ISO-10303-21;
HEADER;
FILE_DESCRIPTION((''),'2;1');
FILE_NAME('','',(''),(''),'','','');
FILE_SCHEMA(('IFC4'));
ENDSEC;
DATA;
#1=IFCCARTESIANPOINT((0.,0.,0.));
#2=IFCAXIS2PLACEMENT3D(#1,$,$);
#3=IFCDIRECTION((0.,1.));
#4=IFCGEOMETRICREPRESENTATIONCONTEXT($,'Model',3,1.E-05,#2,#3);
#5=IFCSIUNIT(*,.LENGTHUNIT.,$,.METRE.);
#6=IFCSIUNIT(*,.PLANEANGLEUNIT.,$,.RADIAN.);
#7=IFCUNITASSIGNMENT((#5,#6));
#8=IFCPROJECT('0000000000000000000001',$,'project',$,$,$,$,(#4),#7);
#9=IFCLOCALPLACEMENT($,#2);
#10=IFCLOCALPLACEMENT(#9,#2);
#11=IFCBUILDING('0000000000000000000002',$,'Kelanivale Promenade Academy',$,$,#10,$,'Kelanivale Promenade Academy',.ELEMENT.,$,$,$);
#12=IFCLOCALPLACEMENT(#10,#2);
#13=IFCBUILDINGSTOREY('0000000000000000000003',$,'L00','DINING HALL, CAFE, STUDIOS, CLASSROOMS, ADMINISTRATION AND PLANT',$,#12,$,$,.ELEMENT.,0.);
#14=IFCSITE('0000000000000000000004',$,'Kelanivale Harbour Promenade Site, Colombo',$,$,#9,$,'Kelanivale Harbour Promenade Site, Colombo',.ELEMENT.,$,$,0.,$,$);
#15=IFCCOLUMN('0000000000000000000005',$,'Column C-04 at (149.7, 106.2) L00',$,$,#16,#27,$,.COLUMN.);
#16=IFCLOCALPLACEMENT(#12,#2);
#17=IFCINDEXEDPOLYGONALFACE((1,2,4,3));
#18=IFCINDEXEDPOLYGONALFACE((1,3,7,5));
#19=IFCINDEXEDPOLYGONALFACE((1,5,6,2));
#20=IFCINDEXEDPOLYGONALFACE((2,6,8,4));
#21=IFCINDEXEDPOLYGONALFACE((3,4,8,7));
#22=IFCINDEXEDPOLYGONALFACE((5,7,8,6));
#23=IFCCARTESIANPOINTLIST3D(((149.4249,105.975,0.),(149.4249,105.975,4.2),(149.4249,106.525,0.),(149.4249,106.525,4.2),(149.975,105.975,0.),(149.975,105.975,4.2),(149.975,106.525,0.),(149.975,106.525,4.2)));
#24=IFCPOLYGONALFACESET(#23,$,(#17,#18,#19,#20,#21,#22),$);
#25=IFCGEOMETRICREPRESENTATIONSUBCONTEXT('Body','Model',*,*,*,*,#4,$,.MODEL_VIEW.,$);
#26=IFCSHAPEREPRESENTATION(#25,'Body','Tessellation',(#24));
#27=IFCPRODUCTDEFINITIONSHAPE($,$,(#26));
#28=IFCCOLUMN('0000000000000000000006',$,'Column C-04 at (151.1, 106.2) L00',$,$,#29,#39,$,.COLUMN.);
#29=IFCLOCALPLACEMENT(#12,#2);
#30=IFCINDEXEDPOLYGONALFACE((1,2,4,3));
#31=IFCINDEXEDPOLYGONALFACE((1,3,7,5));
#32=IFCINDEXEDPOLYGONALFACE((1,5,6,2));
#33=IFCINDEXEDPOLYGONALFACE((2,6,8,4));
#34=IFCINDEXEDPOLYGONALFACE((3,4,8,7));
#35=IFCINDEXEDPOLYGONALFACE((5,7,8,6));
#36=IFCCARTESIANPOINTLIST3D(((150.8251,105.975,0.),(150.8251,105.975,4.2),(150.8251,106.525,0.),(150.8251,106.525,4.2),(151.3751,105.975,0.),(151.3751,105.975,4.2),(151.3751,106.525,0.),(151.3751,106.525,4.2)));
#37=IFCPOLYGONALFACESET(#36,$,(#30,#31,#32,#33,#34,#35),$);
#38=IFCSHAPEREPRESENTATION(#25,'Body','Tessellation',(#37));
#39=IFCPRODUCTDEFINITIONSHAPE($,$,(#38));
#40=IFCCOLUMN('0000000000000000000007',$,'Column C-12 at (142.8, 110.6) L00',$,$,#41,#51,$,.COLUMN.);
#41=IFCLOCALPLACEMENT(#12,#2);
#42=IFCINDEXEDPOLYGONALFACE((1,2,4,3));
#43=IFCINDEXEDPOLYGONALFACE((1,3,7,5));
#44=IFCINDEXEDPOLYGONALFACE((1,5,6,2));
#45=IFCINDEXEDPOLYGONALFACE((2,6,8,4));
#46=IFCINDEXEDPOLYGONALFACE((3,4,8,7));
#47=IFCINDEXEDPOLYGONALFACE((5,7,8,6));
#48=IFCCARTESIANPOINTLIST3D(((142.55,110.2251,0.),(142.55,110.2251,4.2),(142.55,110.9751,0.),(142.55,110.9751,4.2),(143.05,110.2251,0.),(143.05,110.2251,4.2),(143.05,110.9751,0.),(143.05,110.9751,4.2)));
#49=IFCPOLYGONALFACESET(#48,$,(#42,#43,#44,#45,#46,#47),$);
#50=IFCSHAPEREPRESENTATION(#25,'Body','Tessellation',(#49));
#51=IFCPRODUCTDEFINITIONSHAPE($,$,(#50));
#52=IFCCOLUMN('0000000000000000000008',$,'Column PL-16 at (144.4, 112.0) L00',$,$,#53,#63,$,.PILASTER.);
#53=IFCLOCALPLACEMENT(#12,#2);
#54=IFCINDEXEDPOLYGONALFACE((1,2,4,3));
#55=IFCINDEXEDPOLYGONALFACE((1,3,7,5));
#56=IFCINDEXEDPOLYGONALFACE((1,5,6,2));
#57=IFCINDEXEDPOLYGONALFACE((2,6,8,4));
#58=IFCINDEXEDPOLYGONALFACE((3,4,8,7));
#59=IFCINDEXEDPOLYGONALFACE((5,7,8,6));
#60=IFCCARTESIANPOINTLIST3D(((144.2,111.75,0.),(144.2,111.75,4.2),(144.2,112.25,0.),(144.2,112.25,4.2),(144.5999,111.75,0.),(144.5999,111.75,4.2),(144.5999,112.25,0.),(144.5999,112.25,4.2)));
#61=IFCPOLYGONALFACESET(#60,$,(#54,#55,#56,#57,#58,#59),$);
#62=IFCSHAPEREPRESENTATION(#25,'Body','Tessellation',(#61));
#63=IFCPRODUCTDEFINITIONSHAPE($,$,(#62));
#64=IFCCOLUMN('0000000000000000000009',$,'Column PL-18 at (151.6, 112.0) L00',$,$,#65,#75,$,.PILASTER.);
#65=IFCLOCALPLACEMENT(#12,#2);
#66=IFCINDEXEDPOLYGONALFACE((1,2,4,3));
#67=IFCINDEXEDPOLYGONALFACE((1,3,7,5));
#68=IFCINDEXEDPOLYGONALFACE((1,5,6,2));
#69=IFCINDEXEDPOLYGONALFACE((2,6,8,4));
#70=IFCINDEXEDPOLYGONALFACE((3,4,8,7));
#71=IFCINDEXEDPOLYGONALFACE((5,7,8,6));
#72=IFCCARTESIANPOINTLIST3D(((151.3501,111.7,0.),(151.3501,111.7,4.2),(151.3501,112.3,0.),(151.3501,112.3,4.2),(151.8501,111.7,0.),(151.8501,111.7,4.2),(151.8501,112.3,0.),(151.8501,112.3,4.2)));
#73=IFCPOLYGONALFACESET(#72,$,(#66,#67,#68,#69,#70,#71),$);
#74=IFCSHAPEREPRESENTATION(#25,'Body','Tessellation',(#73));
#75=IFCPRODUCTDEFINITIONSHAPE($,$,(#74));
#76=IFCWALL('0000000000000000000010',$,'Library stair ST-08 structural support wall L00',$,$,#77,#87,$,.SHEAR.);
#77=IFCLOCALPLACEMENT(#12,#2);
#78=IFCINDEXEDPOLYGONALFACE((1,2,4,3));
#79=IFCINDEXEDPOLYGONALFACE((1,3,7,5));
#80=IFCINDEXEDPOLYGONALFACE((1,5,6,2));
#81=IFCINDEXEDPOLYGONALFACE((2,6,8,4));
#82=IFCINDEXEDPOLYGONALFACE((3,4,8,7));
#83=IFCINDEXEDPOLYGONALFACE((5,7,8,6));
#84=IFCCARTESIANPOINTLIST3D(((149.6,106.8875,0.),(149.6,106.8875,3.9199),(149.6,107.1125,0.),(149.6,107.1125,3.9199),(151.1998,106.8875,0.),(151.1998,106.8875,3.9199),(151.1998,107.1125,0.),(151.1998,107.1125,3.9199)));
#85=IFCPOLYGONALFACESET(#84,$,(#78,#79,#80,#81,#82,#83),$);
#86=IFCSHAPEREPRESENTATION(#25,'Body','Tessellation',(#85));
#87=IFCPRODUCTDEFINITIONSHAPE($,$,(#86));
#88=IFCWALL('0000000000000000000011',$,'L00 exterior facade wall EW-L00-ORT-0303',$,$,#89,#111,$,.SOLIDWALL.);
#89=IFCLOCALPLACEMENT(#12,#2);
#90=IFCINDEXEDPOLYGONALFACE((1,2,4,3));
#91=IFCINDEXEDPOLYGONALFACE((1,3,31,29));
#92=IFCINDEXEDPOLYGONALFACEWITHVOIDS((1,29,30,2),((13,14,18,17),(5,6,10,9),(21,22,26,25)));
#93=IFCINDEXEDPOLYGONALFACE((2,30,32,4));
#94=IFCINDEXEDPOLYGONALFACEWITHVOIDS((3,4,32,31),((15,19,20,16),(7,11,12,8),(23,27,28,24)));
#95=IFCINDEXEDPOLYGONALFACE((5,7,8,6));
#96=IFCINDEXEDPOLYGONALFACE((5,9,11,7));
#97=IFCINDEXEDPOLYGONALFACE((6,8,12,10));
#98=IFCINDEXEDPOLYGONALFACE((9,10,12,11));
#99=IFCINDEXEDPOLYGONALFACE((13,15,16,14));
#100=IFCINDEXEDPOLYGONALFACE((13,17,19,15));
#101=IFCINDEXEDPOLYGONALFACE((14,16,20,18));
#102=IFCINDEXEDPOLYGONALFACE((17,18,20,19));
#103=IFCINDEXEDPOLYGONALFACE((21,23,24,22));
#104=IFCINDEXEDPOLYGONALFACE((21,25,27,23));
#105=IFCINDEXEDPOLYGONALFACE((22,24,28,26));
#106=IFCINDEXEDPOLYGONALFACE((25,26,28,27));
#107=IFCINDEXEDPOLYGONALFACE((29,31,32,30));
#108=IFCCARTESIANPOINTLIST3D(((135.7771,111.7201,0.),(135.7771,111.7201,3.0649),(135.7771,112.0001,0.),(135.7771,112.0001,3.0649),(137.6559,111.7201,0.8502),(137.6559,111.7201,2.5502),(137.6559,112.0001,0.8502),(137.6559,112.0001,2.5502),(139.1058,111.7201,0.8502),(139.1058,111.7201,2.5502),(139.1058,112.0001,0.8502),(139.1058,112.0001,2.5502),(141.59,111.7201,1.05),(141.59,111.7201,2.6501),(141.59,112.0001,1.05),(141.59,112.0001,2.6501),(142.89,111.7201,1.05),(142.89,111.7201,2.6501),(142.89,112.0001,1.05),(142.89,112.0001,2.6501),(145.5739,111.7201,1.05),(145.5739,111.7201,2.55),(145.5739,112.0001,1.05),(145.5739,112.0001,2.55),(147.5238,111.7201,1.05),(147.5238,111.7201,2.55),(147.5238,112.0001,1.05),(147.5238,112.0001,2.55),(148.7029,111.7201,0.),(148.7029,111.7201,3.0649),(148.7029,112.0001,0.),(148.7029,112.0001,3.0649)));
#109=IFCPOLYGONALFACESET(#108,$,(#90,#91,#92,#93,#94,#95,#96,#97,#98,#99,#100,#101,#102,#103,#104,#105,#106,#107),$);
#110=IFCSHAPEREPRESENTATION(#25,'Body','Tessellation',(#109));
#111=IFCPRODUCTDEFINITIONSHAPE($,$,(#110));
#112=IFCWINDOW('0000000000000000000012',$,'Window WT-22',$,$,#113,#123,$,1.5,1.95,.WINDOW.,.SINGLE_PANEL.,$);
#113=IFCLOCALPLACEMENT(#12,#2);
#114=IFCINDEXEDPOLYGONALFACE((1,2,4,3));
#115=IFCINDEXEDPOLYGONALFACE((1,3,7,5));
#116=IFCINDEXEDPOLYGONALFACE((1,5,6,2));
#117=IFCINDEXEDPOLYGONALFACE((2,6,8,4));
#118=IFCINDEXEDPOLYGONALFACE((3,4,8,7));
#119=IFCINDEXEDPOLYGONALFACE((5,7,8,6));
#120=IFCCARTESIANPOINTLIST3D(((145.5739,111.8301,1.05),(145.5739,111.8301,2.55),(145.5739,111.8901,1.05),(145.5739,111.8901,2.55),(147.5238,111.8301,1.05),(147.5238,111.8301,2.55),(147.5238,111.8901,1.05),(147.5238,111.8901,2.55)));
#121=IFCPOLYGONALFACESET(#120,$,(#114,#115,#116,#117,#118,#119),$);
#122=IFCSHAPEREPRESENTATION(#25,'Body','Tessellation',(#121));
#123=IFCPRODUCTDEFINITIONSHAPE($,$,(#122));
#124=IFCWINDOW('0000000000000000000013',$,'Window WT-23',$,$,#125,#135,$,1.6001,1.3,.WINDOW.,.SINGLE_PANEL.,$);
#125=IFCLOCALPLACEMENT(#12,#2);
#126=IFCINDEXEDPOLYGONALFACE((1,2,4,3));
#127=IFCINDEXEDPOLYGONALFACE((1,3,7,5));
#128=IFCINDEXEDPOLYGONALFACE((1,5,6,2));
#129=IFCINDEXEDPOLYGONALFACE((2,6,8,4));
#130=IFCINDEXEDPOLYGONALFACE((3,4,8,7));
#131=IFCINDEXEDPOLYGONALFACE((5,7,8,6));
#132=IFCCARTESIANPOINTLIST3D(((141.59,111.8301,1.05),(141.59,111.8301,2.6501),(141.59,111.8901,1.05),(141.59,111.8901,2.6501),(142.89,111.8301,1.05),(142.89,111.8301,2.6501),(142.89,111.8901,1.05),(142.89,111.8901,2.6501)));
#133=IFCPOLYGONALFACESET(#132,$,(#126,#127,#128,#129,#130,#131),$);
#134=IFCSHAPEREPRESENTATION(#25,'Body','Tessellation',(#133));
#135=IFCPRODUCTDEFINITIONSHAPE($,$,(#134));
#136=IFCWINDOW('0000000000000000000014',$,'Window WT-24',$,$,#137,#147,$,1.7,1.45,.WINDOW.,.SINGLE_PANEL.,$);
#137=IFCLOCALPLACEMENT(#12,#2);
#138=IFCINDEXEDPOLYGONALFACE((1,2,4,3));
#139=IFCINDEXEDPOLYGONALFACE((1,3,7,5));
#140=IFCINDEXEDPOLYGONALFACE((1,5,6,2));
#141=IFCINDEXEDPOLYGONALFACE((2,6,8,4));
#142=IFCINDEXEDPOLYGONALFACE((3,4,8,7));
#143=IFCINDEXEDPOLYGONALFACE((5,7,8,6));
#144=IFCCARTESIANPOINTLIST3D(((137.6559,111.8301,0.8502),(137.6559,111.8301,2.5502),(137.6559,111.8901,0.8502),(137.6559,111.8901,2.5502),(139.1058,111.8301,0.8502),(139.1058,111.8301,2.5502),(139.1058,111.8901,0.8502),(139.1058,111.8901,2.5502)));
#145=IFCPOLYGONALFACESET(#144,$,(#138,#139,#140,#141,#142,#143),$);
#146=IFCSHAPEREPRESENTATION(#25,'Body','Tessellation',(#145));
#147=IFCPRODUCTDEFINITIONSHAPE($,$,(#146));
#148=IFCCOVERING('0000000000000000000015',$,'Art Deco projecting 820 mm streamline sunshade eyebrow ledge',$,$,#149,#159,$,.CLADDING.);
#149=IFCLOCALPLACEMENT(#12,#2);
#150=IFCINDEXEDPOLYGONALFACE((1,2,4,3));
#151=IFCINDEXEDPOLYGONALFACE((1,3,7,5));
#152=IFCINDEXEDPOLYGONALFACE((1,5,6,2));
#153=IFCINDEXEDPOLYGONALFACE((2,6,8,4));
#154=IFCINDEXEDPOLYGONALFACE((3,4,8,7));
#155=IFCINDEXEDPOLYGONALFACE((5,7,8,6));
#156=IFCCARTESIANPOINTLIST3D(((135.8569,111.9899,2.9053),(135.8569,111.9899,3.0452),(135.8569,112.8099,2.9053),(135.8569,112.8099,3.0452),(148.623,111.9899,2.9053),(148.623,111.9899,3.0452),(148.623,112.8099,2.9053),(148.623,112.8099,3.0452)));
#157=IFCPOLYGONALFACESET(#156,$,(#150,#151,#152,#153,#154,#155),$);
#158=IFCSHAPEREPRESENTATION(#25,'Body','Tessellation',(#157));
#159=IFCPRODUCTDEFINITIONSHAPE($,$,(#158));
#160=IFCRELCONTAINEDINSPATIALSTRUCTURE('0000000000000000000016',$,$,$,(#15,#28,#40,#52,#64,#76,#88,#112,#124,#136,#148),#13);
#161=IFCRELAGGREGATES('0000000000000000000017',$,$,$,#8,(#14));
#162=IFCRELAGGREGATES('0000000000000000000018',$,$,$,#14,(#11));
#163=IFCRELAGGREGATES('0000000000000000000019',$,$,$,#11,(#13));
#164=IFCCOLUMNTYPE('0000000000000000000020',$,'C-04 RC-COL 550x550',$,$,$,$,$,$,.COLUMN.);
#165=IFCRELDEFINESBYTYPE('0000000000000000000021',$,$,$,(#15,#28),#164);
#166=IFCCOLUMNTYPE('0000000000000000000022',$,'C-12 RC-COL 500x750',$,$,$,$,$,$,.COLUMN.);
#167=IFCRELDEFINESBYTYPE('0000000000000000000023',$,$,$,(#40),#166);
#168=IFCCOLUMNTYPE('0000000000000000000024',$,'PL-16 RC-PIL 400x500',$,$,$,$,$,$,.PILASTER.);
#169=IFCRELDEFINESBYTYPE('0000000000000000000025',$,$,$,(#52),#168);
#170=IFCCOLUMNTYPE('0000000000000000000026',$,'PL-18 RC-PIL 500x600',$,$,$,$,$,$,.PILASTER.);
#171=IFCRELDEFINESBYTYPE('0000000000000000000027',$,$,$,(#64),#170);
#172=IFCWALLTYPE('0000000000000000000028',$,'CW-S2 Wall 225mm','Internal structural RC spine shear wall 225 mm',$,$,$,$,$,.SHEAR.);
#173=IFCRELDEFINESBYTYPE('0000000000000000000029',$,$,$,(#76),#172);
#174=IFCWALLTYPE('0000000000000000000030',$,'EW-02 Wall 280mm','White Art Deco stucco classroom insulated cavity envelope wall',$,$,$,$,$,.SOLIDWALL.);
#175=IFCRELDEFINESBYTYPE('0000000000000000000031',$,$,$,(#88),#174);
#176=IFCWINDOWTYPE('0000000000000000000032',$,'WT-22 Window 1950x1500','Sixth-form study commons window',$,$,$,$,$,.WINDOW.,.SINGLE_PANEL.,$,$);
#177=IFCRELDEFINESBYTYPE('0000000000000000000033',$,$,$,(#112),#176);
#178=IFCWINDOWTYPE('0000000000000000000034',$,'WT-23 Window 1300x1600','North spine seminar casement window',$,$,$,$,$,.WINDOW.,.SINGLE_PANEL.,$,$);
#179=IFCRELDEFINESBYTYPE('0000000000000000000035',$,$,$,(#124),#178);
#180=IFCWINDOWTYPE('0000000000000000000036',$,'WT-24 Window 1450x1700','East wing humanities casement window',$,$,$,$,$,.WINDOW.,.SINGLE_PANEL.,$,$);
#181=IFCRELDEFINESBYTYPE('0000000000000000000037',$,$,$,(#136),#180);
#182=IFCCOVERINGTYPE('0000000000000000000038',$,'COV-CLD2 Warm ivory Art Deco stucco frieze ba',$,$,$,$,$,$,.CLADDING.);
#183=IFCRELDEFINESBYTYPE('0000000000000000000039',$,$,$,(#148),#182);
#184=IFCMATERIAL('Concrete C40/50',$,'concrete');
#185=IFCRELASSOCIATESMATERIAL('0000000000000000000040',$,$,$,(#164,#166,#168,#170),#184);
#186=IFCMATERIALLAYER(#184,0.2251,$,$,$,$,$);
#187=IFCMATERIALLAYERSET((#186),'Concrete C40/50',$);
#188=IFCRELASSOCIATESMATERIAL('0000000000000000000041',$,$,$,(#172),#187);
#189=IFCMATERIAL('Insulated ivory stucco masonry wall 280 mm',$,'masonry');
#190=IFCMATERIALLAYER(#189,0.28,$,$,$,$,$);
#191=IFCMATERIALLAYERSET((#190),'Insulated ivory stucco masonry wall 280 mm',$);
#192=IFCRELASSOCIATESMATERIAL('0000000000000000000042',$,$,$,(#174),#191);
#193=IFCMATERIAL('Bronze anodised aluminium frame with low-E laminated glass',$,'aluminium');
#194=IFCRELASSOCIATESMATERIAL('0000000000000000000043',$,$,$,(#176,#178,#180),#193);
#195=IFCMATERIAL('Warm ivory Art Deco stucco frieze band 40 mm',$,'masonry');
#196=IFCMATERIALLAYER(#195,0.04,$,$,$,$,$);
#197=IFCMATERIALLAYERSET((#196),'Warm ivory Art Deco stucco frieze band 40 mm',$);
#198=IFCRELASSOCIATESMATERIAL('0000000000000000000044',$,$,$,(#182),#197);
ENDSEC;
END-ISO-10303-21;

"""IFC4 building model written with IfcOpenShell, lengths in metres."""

from ifc_helpers import new_model, si_unit, direction, frame, frame_2d, origin, origin_2d, place, context, subcontext, project, spatial, rectangle, extrude, material, layer, layer_set, material_profile, profile_set, type_object, element, fill, save


model = new_model("IFC4")

# Units and contexts
model_context = context("Model", 3, precision=1e-05, world=origin(), true_north=direction((0.0, 1.0)))
body_context = subcontext(model_context, "Body", "Model", "MODEL_VIEW")
ifc_project = project(units=[si_unit("LENGTHUNIT", "METRE"), si_unit("PLANEANGLEUNIT", "RADIAN")], contexts=[model_context])

# Site, building, storey
site_placement = place(None, origin())
site = spatial("IfcSite", under=ifc_project, at=site_placement, Name="Kelanivale Harbour Promenade Site, Colombo", LongName="Kelanivale Harbour Promenade Site, Colombo", CompositionType="ELEMENT", RefElevation=0.0)
building_placement = place(site_placement, origin())
building = spatial("IfcBuilding", under=site, at=building_placement, Name="Kelanivale Promenade Academy", LongName="Kelanivale Promenade Academy", CompositionType="ELEMENT")
storey_placement = place(building_placement, origin())
storey = spatial("IfcBuildingStorey", under=building, at=storey_placement, Name="L00", Description="DINING HALL, CAFE, STUDIOS, CLASSROOMS, ADMINISTRATION AND PLANT", CompositionType="ELEMENT", Elevation=0.0)

# Columns
ifc_material_1 = material(Name="Concrete C40/50", Category="concrete")
ifc_material_profile_1 = material_profile(ifc_material_1, rectangle(XDim=0.55, YDim=0.55, at=origin_2d()), Name="RC-COL 550x550")
ifc_profile_set_1 = profile_set([ifc_material_profile_1], Name="Concrete C40/50")
column_type_1 = type_object("IfcColumnType", Name="C-04 RC-COL 550x550", PredefinedType="COLUMN", material=ifc_profile_set_1)
for number, where, z_axis, x_axis, name in (
    (1, (149.7, 106.25, 0.0), (0.0, 0.0, 1.0), (1.0, 0.0, 0.0), "Column C-04 at (149.7, 106.2) L00"),
    (2, (151.1001, 106.25, 0.0), (0.0, 0.0, 1.0), (1.0, 0.0, 0.0), "Column C-04 at (151.1, 106.2) L00"),
):
    element("IfcColumn", number, at=place(storey_placement, frame(where, z_axis=z_axis, x_axis=x_axis)), inside=storey, type_object=column_type_1, Name=name, PredefinedType="COLUMN", context=body_context, shape_type="SweptSolid", body=[
        extrude(rectangle(XDim=0.55, YDim=0.55, at=origin_2d()), origin(), (0.0, 0.0, 1.0), 4.2),
    ])
ifc_material_profile_2 = material_profile(ifc_material_1, rectangle(XDim=0.5, YDim=0.75, at=origin_2d()), Name="RC-COL 500x750")
ifc_profile_set_2 = profile_set([ifc_material_profile_2], Name="Concrete C40/50")
column_type_2 = type_object("IfcColumnType", Name="C-12 RC-COL 500x750", PredefinedType="COLUMN", material=ifc_profile_set_2)
column_1_placement = place(storey_placement, frame((142.8, 110.6001, 0.0), z_axis=(0.0, 0.0, 1.0), x_axis=(1.0, 0.0, 0.0)))
element("IfcColumn", 3, at=column_1_placement, inside=storey, type_object=column_type_2, Name="Column C-12 at (142.8, 110.6) L00", PredefinedType="COLUMN", context=body_context, shape_type="SweptSolid", body=[
    extrude(rectangle(XDim=0.5, YDim=0.75, at=origin_2d()), origin(), (0.0, 0.0, 1.0), 4.2),
])
ifc_material_profile_3 = material_profile(ifc_material_1, rectangle(XDim=0.3999, YDim=0.5, at=origin_2d()), Name="RC-PIL 400x500")
ifc_profile_set_3 = profile_set([ifc_material_profile_3], Name="Concrete C40/50")
column_type_3 = type_object("IfcColumnType", Name="PL-16 RC-PIL 400x500", PredefinedType="PILASTER", material=ifc_profile_set_3)
column_2_placement = place(storey_placement, frame((144.3999, 112.0, 0.0), z_axis=(0.0, 0.0, 1.0), x_axis=(1.0, 0.0, 0.0)))
element("IfcColumn", 4, at=column_2_placement, inside=storey, type_object=column_type_3, Name="Column PL-16 at (144.4, 112.0) L00", PredefinedType="PILASTER", context=body_context, shape_type="SweptSolid", body=[
    extrude(rectangle(XDim=0.3999, YDim=0.5, at=origin_2d()), origin(), (0.0, 0.0, 1.0), 4.2),
])
ifc_material_profile_4 = material_profile(ifc_material_1, rectangle(XDim=0.5, YDim=0.6001, at=origin_2d()), Name="RC-PIL 500x600")
ifc_profile_set_4 = profile_set([ifc_material_profile_4], Name="Concrete C40/50")
column_type_4 = type_object("IfcColumnType", Name="PL-18 RC-PIL 500x600", PredefinedType="PILASTER", material=ifc_profile_set_4)
column_3_placement = place(storey_placement, frame((151.6001, 112.0, 0.0), z_axis=(0.0, 0.0, 1.0), x_axis=(1.0, 0.0, 0.0)))
element("IfcColumn", 5, at=column_3_placement, inside=storey, type_object=column_type_4, Name="Column PL-18 at (151.6, 112.0) L00", PredefinedType="PILASTER", context=body_context, shape_type="SweptSolid", body=[
    extrude(rectangle(XDim=0.5, YDim=0.6001, at=origin_2d()), origin(), (0.0, 0.0, 1.0), 4.2),
])

# Wall
ifc_layer_1 = layer(ifc_material_1, 0.2251)
ifc_layer_set_1 = layer_set([ifc_layer_1], Name="Concrete C40/50")
wall_type_1 = type_object("IfcWallType", Name="CW-S2 Wall 225mm", Description="Internal structural RC spine shear wall 225 mm", PredefinedType="SHEAR", material=ifc_layer_set_1)
wall_1_placement = place(storey_placement, frame((149.6001, 107.0, 0.0), z_axis=(0.0, 0.0, 1.0), x_axis=(1.0, 0.0, 0.0)))
element("IfcWall", 6, at=wall_1_placement, inside=storey, type_object=wall_type_1, Name="Library stair ST-08 structural support wall L00", PredefinedType="SHEAR", context=body_context, shape_type="SweptSolid", body=[
    extrude(rectangle(XDim=1.5999, YDim=0.2251, at=frame_2d((0.7998, 0.0))), origin(), (0.0, 0.0, 1.0), 3.9199),
])

# Wall, openings, windows
ifc_material_2 = material(Name="Insulated ivory stucco masonry wall 280 mm", Category="masonry")
ifc_layer_2 = layer(ifc_material_2, 0.28)
ifc_layer_set_2 = layer_set([ifc_layer_2], Name="Insulated ivory stucco masonry wall 280 mm")
wall_type_2 = type_object("IfcWallType", Name="EW-02 Wall 280mm", Description="White Art Deco stucco classroom insulated cavity envelope wall", PredefinedType="SOLIDWALL", material=ifc_layer_set_2)
wall_2_placement = place(storey_placement, frame((148.7029, 111.8601, 0.0), z_axis=(0.0, 0.0, 1.0), x_axis=(-1.0, 0.0, 0.0)))
wall_2 = element("IfcWall", 7, at=wall_2_placement, inside=storey, type_object=wall_type_2, Name="L00 exterior facade wall EW-L00-ORT-0303", PredefinedType="SOLIDWALL", context=body_context, shape_type="SweptSolid", body=[
    extrude(rectangle(XDim=12.9258, YDim=0.28, at=frame_2d((6.4629, 0.0))), origin(), (0.0, 0.0, 1.0), 3.0649),
])
opening_1_placement = place(wall_2_placement, frame((1.179, 0.0, 1.05)))
opening_1 = element("IfcOpeningElement", 8, at=opening_1_placement, cuts=wall_2, PredefinedType="OPENING", context=body_context, shape_type="SweptSolid", body=[
    extrude(rectangle(XDim=1.95, YDim=1.5, at=frame_2d((0.9751, 0.75))), frame((0.0, 0.1499, 0.0), z_axis=(0.0, -1.0, 0.0), x_axis=(1.0, 0.0, 0.0)), (0.0, 0.0, 1.0), 0.3),
])
opening_2_placement = place(wall_2_placement, frame((5.813, 0.0, 1.05)))
opening_2 = element("IfcOpeningElement", 9, at=opening_2_placement, cuts=wall_2, PredefinedType="OPENING", context=body_context, shape_type="SweptSolid", body=[
    extrude(rectangle(XDim=1.3, YDim=1.6001, at=frame_2d((0.6499, 0.8))), frame((0.0, 0.1499, 0.0), z_axis=(0.0, -1.0, 0.0), x_axis=(1.0, 0.0, 0.0)), (0.0, 0.0, 1.0), 0.3),
])
opening_3_placement = place(wall_2_placement, frame((9.5969, 0.0, 0.8501)))
opening_3 = element("IfcOpeningElement", 10, at=opening_3_placement, cuts=wall_2, PredefinedType="OPENING", context=body_context, shape_type="SweptSolid", body=[
    extrude(rectangle(XDim=1.45, YDim=1.7, at=frame_2d((0.7251, 0.8501))), frame((0.0, 0.1499, 0.0), z_axis=(0.0, -1.0, 0.0), x_axis=(1.0, 0.0, 0.0)), (0.0, 0.0, 1.0), 0.3),
])
ifc_material_3 = material(Name="Bronze anodised aluminium frame with low-E laminated glass", Category="aluminium")
window_type_1 = type_object("IfcWindowType", Name="WT-22 Window 1950x1500", Description="Sixth-form study commons window", PartitioningType="SINGLE_PANEL", PredefinedType="WINDOW", material=ifc_material_3)
window_1_placement = place(opening_1_placement, origin())
window_1 = element("IfcWindow", 11, at=window_1_placement, inside=storey, type_object=window_type_1, Name="Window WT-22", OverallHeight=1.5, OverallWidth=1.95, PartitioningType="SINGLE_PANEL", PredefinedType="WINDOW", context=body_context, shape_type="SweptSolid", body=[
    extrude(rectangle(XDim=1.95, YDim=1.5, at=frame_2d((0.9751, 0.75))), frame((0.0, 0.03, 0.0), z_axis=(0.0, -1.0, 0.0), x_axis=(1.0, 0.0, 0.0)), (0.0, 0.0, 1.0), 0.0601),
])
fill(opening_1, window_1)
window_type_2 = type_object("IfcWindowType", Name="WT-23 Window 1300x1600", Description="North spine seminar casement window", PartitioningType="SINGLE_PANEL", PredefinedType="WINDOW", material=ifc_material_3)
window_2_placement = place(opening_2_placement, origin())
window_2 = element("IfcWindow", 12, at=window_2_placement, inside=storey, type_object=window_type_2, Name="Window WT-23", OverallHeight=1.6001, OverallWidth=1.3, PartitioningType="SINGLE_PANEL", PredefinedType="WINDOW", context=body_context, shape_type="SweptSolid", body=[
    extrude(rectangle(XDim=1.3, YDim=1.6001, at=frame_2d((0.6499, 0.8))), frame((0.0, 0.03, 0.0), z_axis=(0.0, -1.0, 0.0), x_axis=(1.0, 0.0, 0.0)), (0.0, 0.0, 1.0), 0.0601),
])
fill(opening_2, window_2)
window_type_3 = type_object("IfcWindowType", Name="WT-24 Window 1450x1700", Description="East wing humanities casement window", PartitioningType="SINGLE_PANEL", PredefinedType="WINDOW", material=ifc_material_3)
window_3_placement = place(opening_3_placement, origin())
window_3 = element("IfcWindow", 13, at=window_3_placement, inside=storey, type_object=window_type_3, Name="Window WT-24", OverallHeight=1.7, OverallWidth=1.45, PartitioningType="SINGLE_PANEL", PredefinedType="WINDOW", context=body_context, shape_type="SweptSolid", body=[
    extrude(rectangle(XDim=1.45, YDim=1.7, at=frame_2d((0.7251, 0.8501))), frame((0.0, 0.03, 0.0), z_axis=(0.0, -1.0, 0.0), x_axis=(1.0, 0.0, 0.0)), (0.0, 0.0, 1.0), 0.0601),
])
fill(opening_3, window_3)

# Covering
ifc_material_4 = material(Name="Warm ivory Art Deco stucco frieze band 40 mm", Category="masonry")
ifc_layer_3 = layer(ifc_material_4, 0.04)
ifc_layer_set_3 = layer_set([ifc_layer_3], Name="Warm ivory Art Deco stucco frieze band 40 mm")
covering_type = type_object("IfcCoveringType", Name="COV-CLD2 Warm ivory Art Deco stucco frieze ba", PredefinedType="CLADDING", material=ifc_layer_set_3)
covering_placement = place(storey_placement, frame((142.24, 112.3999, 2.9053), z_axis=(0.0, 0.0, 1.0), x_axis=(-1.0, 0.0, 0.0)))
element("IfcCovering", 14, at=covering_placement, inside=storey, type_object=covering_type, Name="Art Deco projecting 820 mm streamline sunshade eyebrow ledge", PredefinedType="CLADDING", context=body_context, shape_type="SweptSolid", body=[
    extrude(rectangle(XDim=12.7661, YDim=0.8201, at=origin_2d()), origin(), (0.0, 0.0, 1.0), 0.1399),
])

save(model, "model.ifc")
